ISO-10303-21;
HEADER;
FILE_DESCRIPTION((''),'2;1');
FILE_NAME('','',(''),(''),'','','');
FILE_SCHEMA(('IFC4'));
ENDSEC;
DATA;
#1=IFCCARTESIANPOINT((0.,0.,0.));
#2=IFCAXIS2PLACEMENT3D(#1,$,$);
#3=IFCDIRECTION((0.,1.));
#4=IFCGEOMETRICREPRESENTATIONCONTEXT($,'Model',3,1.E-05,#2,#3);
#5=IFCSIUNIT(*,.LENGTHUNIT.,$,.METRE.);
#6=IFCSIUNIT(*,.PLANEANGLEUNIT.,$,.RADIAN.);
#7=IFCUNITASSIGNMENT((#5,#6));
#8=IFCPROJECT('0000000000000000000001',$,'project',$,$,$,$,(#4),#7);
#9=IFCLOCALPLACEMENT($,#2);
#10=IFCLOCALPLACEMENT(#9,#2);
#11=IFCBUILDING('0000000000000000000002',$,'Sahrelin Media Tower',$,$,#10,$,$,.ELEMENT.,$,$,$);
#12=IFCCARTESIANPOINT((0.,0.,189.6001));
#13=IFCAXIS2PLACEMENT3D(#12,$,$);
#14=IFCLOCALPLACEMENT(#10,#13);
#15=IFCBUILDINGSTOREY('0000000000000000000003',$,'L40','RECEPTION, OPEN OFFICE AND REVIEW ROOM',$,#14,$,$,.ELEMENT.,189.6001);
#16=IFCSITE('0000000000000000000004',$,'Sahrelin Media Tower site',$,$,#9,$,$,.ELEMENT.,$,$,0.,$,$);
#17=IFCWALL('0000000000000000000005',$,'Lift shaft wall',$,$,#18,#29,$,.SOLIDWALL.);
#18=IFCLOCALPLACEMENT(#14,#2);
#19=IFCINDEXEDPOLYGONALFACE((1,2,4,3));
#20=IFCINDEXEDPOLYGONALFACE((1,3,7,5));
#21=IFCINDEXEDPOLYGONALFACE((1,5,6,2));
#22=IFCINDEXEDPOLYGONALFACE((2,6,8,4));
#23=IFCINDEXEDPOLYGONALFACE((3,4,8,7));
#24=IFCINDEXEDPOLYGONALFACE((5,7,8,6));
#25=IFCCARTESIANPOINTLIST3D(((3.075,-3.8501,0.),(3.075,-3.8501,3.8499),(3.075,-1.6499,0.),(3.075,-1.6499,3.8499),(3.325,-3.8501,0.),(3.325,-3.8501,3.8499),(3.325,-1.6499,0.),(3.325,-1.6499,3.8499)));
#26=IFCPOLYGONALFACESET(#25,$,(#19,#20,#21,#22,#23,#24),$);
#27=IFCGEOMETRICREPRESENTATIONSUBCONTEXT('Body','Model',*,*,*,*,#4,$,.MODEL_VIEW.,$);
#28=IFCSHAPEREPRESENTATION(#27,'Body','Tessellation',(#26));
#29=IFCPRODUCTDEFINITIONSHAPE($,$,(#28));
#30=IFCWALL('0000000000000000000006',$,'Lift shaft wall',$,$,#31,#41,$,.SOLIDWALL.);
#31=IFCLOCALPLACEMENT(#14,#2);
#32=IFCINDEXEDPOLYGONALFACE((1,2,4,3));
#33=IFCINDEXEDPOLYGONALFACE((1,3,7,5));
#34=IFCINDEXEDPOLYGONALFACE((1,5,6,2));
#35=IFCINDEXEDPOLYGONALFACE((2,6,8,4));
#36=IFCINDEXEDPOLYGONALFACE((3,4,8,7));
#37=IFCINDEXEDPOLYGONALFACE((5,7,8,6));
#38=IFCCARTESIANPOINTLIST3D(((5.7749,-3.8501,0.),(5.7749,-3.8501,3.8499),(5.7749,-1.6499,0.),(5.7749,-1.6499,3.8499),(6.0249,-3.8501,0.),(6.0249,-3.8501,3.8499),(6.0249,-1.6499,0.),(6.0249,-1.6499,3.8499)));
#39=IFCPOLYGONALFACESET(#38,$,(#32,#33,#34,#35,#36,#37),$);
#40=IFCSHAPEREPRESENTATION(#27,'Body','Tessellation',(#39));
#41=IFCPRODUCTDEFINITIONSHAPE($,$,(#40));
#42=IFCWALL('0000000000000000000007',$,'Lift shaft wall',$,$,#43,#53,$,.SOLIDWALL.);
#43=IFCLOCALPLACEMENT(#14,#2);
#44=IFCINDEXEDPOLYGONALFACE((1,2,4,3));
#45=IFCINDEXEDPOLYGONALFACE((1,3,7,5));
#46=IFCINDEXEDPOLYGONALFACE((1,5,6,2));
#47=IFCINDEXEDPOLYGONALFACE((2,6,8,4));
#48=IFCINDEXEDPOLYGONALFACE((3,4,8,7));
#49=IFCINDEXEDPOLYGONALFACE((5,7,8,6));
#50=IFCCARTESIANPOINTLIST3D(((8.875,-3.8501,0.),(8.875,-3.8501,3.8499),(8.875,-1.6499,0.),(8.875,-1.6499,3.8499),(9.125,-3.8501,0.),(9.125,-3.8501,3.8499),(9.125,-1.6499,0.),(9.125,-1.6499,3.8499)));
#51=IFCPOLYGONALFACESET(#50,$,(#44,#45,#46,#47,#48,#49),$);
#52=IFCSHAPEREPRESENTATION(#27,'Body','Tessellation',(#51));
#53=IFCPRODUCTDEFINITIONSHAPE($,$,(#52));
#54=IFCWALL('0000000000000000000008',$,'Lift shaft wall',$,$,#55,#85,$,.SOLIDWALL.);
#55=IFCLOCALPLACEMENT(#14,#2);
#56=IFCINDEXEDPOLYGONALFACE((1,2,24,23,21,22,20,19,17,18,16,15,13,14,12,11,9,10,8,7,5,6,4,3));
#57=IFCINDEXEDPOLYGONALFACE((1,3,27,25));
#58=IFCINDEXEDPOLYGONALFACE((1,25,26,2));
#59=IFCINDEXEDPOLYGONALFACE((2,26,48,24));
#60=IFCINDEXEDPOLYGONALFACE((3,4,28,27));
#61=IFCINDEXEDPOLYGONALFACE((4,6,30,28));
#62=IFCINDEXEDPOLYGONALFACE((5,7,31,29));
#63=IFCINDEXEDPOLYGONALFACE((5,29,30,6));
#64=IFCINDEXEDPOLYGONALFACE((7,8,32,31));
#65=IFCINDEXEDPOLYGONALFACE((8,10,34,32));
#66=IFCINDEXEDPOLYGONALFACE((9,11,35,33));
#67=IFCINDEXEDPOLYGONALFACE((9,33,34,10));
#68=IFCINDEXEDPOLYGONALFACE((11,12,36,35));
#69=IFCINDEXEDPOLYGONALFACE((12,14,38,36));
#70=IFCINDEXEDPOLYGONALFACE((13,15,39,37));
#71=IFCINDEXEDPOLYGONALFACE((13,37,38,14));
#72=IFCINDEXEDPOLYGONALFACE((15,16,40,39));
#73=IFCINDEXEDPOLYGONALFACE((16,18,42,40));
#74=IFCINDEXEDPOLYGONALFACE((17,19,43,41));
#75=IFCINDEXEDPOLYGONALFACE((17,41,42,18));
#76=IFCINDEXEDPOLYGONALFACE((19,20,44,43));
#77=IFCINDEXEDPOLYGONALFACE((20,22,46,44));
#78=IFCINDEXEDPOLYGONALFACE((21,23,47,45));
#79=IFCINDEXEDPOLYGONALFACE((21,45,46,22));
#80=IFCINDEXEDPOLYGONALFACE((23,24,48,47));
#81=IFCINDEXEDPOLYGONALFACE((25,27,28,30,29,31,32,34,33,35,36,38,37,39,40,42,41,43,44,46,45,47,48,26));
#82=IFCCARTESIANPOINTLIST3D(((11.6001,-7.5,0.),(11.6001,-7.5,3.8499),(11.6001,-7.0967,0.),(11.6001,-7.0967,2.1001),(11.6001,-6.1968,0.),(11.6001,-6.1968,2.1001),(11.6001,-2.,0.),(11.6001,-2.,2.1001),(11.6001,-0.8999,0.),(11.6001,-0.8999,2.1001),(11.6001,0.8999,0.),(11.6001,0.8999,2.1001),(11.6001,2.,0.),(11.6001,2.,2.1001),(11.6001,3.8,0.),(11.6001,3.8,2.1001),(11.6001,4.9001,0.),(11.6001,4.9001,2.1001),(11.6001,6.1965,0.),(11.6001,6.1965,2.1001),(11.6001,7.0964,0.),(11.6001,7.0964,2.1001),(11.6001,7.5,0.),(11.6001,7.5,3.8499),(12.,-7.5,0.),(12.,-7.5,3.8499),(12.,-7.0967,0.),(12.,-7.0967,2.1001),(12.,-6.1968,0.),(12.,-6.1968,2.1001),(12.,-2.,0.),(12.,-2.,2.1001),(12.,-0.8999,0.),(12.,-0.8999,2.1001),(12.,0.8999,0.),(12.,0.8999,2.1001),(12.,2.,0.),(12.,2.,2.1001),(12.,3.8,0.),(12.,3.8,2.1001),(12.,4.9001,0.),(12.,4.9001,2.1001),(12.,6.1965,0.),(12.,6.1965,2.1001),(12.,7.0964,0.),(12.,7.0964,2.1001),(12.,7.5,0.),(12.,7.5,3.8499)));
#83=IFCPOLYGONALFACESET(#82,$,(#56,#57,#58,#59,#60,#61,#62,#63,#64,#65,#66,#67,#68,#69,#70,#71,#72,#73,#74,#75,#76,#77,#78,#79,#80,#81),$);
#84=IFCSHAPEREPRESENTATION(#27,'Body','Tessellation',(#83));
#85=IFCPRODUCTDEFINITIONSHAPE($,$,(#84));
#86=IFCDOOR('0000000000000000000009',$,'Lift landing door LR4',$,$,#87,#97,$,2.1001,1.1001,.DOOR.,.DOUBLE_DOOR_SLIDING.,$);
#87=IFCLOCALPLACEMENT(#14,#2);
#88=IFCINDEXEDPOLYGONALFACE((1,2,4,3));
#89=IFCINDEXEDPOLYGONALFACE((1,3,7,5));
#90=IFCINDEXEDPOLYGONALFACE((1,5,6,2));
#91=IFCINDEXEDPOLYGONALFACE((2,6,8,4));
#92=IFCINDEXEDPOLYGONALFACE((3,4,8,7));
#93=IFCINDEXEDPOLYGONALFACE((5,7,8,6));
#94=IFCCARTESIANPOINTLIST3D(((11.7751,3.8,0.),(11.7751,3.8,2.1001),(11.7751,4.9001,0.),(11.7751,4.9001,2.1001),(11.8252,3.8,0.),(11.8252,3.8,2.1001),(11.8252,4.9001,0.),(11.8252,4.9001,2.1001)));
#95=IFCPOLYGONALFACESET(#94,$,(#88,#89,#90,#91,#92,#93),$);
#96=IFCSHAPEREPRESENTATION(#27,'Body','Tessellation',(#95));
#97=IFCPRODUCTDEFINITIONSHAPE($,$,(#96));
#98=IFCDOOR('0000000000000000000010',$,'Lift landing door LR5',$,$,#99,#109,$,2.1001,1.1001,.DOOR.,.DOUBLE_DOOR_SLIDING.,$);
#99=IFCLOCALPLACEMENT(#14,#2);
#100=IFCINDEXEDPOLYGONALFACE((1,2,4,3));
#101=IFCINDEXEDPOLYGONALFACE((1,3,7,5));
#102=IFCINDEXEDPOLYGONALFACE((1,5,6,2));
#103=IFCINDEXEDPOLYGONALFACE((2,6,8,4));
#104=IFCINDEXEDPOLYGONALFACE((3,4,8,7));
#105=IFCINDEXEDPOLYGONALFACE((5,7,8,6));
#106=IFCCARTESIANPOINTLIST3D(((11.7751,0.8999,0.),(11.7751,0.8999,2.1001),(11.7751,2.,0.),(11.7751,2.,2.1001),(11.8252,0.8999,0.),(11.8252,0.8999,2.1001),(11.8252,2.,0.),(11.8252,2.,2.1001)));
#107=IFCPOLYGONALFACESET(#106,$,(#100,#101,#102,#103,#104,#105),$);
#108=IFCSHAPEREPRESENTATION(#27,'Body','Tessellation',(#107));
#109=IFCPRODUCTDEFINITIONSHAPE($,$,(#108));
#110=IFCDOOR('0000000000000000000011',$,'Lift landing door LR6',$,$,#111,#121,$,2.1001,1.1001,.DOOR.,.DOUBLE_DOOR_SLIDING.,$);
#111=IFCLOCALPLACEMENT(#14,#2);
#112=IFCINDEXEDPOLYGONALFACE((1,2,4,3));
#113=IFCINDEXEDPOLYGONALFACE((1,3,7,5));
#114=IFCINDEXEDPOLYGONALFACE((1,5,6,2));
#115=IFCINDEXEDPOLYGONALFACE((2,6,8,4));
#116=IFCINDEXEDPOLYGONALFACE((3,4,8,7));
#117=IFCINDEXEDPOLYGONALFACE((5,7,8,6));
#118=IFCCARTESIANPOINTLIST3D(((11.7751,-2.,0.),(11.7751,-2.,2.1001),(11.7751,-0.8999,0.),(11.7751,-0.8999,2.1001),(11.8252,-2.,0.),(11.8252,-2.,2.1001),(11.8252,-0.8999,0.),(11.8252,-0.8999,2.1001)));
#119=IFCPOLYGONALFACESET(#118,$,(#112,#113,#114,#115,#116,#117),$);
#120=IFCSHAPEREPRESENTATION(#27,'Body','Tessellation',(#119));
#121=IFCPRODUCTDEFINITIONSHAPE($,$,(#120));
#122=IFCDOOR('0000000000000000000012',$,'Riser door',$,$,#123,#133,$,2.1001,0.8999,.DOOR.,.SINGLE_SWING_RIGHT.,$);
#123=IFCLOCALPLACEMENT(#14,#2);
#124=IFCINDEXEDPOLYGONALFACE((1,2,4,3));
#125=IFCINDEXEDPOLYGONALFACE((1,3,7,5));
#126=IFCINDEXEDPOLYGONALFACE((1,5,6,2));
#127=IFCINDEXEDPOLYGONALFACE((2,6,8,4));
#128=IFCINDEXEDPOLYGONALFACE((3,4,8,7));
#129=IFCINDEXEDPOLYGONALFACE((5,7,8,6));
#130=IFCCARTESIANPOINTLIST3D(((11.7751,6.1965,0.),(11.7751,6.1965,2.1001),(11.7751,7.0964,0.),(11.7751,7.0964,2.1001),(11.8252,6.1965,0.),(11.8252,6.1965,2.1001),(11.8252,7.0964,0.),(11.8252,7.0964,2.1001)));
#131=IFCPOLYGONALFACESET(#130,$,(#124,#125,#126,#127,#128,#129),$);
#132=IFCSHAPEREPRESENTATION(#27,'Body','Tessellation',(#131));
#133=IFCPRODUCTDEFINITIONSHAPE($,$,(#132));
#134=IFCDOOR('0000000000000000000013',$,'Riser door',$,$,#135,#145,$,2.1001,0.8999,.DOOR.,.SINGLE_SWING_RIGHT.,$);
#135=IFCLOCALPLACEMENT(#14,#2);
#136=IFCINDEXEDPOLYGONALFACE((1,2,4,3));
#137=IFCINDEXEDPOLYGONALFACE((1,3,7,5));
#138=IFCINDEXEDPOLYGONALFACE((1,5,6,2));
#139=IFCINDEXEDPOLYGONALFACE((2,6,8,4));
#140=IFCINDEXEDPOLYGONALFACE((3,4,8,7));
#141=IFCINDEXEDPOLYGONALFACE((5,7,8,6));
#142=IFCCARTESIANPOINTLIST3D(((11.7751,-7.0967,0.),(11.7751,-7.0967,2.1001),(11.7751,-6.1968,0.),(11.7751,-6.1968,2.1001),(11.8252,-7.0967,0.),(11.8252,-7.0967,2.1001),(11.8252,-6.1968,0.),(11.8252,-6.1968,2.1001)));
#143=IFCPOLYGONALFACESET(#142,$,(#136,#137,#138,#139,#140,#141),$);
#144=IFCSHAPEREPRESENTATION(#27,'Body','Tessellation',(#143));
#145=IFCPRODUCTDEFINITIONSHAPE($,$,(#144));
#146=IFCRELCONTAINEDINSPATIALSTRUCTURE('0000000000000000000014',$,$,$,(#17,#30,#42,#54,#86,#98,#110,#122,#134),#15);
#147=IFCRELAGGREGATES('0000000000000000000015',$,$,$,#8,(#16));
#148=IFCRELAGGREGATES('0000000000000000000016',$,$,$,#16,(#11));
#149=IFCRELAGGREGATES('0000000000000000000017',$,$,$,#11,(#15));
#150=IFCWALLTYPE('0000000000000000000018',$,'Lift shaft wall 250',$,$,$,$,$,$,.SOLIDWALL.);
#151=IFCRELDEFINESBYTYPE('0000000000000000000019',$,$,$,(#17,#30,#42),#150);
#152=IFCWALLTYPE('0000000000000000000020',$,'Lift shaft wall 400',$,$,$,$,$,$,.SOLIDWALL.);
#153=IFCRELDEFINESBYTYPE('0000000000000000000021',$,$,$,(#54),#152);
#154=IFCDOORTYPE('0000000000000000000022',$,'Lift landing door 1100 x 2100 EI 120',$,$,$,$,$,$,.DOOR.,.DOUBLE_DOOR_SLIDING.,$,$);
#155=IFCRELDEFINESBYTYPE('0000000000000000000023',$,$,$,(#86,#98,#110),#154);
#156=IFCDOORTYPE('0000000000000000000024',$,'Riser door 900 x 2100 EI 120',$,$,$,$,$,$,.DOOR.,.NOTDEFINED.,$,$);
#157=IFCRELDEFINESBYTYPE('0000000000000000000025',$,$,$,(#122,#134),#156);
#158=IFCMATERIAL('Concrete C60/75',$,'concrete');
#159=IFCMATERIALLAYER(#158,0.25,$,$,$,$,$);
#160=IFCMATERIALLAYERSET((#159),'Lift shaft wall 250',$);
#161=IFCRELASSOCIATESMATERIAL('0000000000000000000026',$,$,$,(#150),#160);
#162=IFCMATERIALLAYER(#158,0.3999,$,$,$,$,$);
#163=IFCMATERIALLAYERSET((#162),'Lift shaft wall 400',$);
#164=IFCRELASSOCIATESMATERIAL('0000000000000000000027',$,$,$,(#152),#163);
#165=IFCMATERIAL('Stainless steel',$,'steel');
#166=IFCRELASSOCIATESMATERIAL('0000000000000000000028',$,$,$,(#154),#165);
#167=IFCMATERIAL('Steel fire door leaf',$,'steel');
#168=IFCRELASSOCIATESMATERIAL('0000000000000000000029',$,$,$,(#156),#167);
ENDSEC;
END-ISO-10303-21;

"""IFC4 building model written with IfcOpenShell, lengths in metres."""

from ifc_helpers import new_model, si_unit, direction, frame, frame_2d, origin, place, context, subcontext, project, spatial, rectangle, extrude, material, layer, layer_set, type_object, element, fill, save


model = new_model("IFC4")

# Units and contexts
model_context = context("Model", 3, precision=1e-05, world=origin(), true_north=direction((0.0, 1.0)))
body_context = subcontext(model_context, "Body", "Model", "MODEL_VIEW")
ifc_project = project(units=[si_unit("LENGTHUNIT", "METRE"), si_unit("PLANEANGLEUNIT", "RADIAN")], contexts=[model_context])

# Site, building, storey
site_placement = place(None, origin())
site = spatial("IfcSite", under=ifc_project, at=site_placement, Name="Sahrelin Media Tower site", CompositionType="ELEMENT", RefElevation=0.0)
building_placement = place(site_placement, origin())
building = spatial("IfcBuilding", under=site, at=building_placement, Name="Sahrelin Media Tower", CompositionType="ELEMENT")
storey_placement = place(building_placement, frame((0.0, 0.0, 189.6001)))
storey = spatial("IfcBuildingStorey", under=building, at=storey_placement, Name="L40", Description="RECEPTION, OPEN OFFICE AND REVIEW ROOM", CompositionType="ELEMENT", Elevation=189.6001)

# Walls
ifc_material_1 = material(Name="Concrete C60/75", Category="concrete")
ifc_layer_1 = layer(ifc_material_1, 0.25)
ifc_layer_set_1 = layer_set([ifc_layer_1], Name="Lift shaft wall 250")
wall_type_1 = type_object("IfcWallType", Name="Lift shaft wall 250", PredefinedType="SOLIDWALL", material=ifc_layer_set_1)
for number, where, z_axis, x_axis, name in (
    (1, (3.2, -3.8501, 0.0), (0.0, 0.0, 1.0), (0.0, 1.0, 0.0), "Lift shaft wall"),
    (2, (5.8999, -3.8501, 0.0), (0.0, 0.0, 1.0), (0.0, 1.0, 0.0), "Lift shaft wall"),
    (3, (9.0, -3.8501, 0.0), (0.0, 0.0, 1.0), (0.0, 1.0, 0.0), "Lift shaft wall"),
):
    element("IfcWall", number, at=place(storey_placement, frame(where, z_axis=z_axis, x_axis=x_axis)), inside=storey, type_object=wall_type_1, Name=name, PredefinedType="SOLIDWALL", context=body_context, shape_type="SweptSolid", body=[
        extrude(rectangle(XDim=2.2002, YDim=0.25, at=frame_2d((1.1001, 0.0))), origin(), (0.0, 0.0, 1.0), 3.8499),
    ])

# Wall, openings, doors
ifc_layer_2 = layer(ifc_material_1, 0.3999)
ifc_layer_set_2 = layer_set([ifc_layer_2], Name="Lift shaft wall 400")
wall_type_2 = type_object("IfcWallType", Name="Lift shaft wall 400", PredefinedType="SOLIDWALL", material=ifc_layer_set_2)
wall_1_placement = place(storey_placement, frame((11.8, -7.5, 0.0), z_axis=(0.0, 0.0, 1.0), x_axis=(0.0, 1.0, 0.0)))
wall_1 = element("IfcWall", 4, at=wall_1_placement, inside=storey, type_object=wall_type_2, Name="Lift shaft wall", PredefinedType="SOLIDWALL", context=body_context, shape_type="SweptSolid", body=[
    extrude(rectangle(XDim=15.0, YDim=0.3999, at=frame_2d((7.5, 0.0))), origin(), (0.0, 0.0, 1.0), 3.8499),
])
opening_1_placement = place(wall_1_placement, frame((11.3, 0.0, 0.0)))
opening_1 = element("IfcOpeningElement", 5, at=opening_1_placement, cuts=wall_1, PredefinedType="OPENING", context=body_context, shape_type="SweptSolid", body=[
    extrude(rectangle(XDim=1.1001, YDim=2.1001, at=frame_2d((0.55, 1.05))), frame((0.0, 0.2, 0.0), z_axis=(0.0, -1.0, 0.0), x_axis=(1.0, 0.0, 0.0)), (0.0, 0.0, 1.0), 0.3999),
])
opening_2_placement = place(wall_1_placement, frame((8.3999, 0.0, 0.0)))
opening_2 = element("IfcOpeningElement", 6, at=opening_2_placement, cuts=wall_1, PredefinedType="OPENING", context=body_context, shape_type="SweptSolid", body=[
    extrude(rectangle(XDim=1.1001, YDim=2.1001, at=frame_2d((0.55, 1.05))), frame((0.0, 0.2, 0.0), z_axis=(0.0, -1.0, 0.0), x_axis=(1.0, 0.0, 0.0)), (0.0, 0.0, 1.0), 0.3999),
])
opening_3_placement = place(wall_1_placement, frame((5.5, 0.0, 0.0)))
opening_3 = element("IfcOpeningElement", 7, at=opening_3_placement, cuts=wall_1, PredefinedType="OPENING", context=body_context, shape_type="SweptSolid", body=[
    extrude(rectangle(XDim=1.1001, YDim=2.1001, at=frame_2d((0.55, 1.05))), frame((0.0, 0.2, 0.0), z_axis=(0.0, -1.0, 0.0), x_axis=(1.0, 0.0, 0.0)), (0.0, 0.0, 1.0), 0.3999),
])
opening_4_placement = place(wall_1_placement, frame((13.6965, 0.0, 0.0)))
opening_4 = element("IfcOpeningElement", 8, at=opening_4_placement, cuts=wall_1, PredefinedType="OPENING", context=body_context, shape_type="SweptSolid", body=[
    extrude(rectangle(XDim=0.8999, YDim=2.1001, at=frame_2d((0.45, 1.05))), frame((0.0, 0.2, 0.0), z_axis=(0.0, -1.0, 0.0), x_axis=(1.0, 0.0, 0.0)), (0.0, 0.0, 1.0), 0.3999),
])
opening_5_placement = place(wall_1_placement, frame((0.4033, 0.0, 0.0)))
opening_5 = element("IfcOpeningElement", 9, at=opening_5_placement, cuts=wall_1, PredefinedType="OPENING", context=body_context, shape_type="SweptSolid", body=[
    extrude(rectangle(XDim=0.8999, YDim=2.1001, at=frame_2d((0.45, 1.05))), frame((0.0, 0.2, 0.0), z_axis=(0.0, -1.0, 0.0), x_axis=(1.0, 0.0, 0.0)), (0.0, 0.0, 1.0), 0.3999),
])
ifc_material_2 = material(Name="Stainless steel", Category="steel")
door_type_1 = type_object("IfcDoorType", Name="Lift landing door 1100 x 2100 EI 120", OperationType="DOUBLE_DOOR_SLIDING", PredefinedType="DOOR", material=ifc_material_2)
door_1_placement = place(opening_1_placement, origin())
door_1 = element("IfcDoor", 10, at=door_1_placement, inside=storey, type_object=door_type_1, Name="Lift landing door LR4", OperationType="DOUBLE_DOOR_SLIDING", OverallHeight=2.1001, OverallWidth=1.1001, PredefinedType="DOOR", context=body_context, shape_type="SweptSolid", body=[
    extrude(rectangle(XDim=1.1001, YDim=2.1001, at=frame_2d((0.55, 1.05))), frame((0.0, 0.0249, 0.0), z_axis=(0.0, -1.0, 0.0), x_axis=(1.0, 0.0, 0.0)), (0.0, 0.0, 1.0), 0.05),
])
fill(opening_1, door_1)
door_2_placement = place(opening_2_placement, origin())
door_2 = element("IfcDoor", 11, at=door_2_placement, inside=storey, type_object=door_type_1, Name="Lift landing door LR5", OperationType="DOUBLE_DOOR_SLIDING", OverallHeight=2.1001, OverallWidth=1.1001, PredefinedType="DOOR", context=body_context, shape_type="SweptSolid", body=[
    extrude(rectangle(XDim=1.1001, YDim=2.1001, at=frame_2d((0.55, 1.05))), frame((0.0, 0.0249, 0.0), z_axis=(0.0, -1.0, 0.0), x_axis=(1.0, 0.0, 0.0)), (0.0, 0.0, 1.0), 0.05),
])
fill(opening_2, door_2)
door_3_placement = place(opening_3_placement, origin())
door_3 = element("IfcDoor", 12, at=door_3_placement, inside=storey, type_object=door_type_1, Name="Lift landing door LR6", OperationType="DOUBLE_DOOR_SLIDING", OverallHeight=2.1001, OverallWidth=1.1001, PredefinedType="DOOR", context=body_context, shape_type="SweptSolid", body=[
    extrude(rectangle(XDim=1.1001, YDim=2.1001, at=frame_2d((0.55, 1.05))), frame((0.0, 0.0249, 0.0), z_axis=(0.0, -1.0, 0.0), x_axis=(1.0, 0.0, 0.0)), (0.0, 0.0, 1.0), 0.05),
])
fill(opening_3, door_3)
ifc_material_3 = material(Name="Steel fire door leaf", Category="steel")
door_type_2 = type_object("IfcDoorType", Name="Riser door 900 x 2100 EI 120", OperationType="NOTDEFINED", PredefinedType="DOOR", material=ifc_material_3)
door_4_placement = place(opening_4_placement, origin())
door_4 = element("IfcDoor", 13, at=door_4_placement, inside=storey, type_object=door_type_2, Name="Riser door", OperationType="SINGLE_SWING_RIGHT", OverallHeight=2.1001, OverallWidth=0.8999, PredefinedType="DOOR", context=body_context, shape_type="SweptSolid", body=[
    extrude(rectangle(XDim=0.8999, YDim=2.1001, at=frame_2d((0.45, 1.05))), frame((0.0, 0.0249, 0.0), z_axis=(0.0, -1.0, 0.0), x_axis=(1.0, 0.0, 0.0)), (0.0, 0.0, 1.0), 0.05),
])
fill(opening_4, door_4)
door_5_placement = place(opening_5_placement, origin())
door_5 = element("IfcDoor", 14, at=door_5_placement, inside=storey, type_object=door_type_2, Name="Riser door", OperationType="SINGLE_SWING_RIGHT", OverallHeight=2.1001, OverallWidth=0.8999, PredefinedType="DOOR", context=body_context, shape_type="SweptSolid", body=[
    extrude(rectangle(XDim=0.8999, YDim=2.1001, at=frame_2d((0.45, 1.05))), frame((0.0, 0.0249, 0.0), z_axis=(0.0, -1.0, 0.0), x_axis=(1.0, 0.0, 0.0)), (0.0, 0.0, 1.0), 0.05),
])
fill(opening_5, door_5)

save(model, "model.ifc")
